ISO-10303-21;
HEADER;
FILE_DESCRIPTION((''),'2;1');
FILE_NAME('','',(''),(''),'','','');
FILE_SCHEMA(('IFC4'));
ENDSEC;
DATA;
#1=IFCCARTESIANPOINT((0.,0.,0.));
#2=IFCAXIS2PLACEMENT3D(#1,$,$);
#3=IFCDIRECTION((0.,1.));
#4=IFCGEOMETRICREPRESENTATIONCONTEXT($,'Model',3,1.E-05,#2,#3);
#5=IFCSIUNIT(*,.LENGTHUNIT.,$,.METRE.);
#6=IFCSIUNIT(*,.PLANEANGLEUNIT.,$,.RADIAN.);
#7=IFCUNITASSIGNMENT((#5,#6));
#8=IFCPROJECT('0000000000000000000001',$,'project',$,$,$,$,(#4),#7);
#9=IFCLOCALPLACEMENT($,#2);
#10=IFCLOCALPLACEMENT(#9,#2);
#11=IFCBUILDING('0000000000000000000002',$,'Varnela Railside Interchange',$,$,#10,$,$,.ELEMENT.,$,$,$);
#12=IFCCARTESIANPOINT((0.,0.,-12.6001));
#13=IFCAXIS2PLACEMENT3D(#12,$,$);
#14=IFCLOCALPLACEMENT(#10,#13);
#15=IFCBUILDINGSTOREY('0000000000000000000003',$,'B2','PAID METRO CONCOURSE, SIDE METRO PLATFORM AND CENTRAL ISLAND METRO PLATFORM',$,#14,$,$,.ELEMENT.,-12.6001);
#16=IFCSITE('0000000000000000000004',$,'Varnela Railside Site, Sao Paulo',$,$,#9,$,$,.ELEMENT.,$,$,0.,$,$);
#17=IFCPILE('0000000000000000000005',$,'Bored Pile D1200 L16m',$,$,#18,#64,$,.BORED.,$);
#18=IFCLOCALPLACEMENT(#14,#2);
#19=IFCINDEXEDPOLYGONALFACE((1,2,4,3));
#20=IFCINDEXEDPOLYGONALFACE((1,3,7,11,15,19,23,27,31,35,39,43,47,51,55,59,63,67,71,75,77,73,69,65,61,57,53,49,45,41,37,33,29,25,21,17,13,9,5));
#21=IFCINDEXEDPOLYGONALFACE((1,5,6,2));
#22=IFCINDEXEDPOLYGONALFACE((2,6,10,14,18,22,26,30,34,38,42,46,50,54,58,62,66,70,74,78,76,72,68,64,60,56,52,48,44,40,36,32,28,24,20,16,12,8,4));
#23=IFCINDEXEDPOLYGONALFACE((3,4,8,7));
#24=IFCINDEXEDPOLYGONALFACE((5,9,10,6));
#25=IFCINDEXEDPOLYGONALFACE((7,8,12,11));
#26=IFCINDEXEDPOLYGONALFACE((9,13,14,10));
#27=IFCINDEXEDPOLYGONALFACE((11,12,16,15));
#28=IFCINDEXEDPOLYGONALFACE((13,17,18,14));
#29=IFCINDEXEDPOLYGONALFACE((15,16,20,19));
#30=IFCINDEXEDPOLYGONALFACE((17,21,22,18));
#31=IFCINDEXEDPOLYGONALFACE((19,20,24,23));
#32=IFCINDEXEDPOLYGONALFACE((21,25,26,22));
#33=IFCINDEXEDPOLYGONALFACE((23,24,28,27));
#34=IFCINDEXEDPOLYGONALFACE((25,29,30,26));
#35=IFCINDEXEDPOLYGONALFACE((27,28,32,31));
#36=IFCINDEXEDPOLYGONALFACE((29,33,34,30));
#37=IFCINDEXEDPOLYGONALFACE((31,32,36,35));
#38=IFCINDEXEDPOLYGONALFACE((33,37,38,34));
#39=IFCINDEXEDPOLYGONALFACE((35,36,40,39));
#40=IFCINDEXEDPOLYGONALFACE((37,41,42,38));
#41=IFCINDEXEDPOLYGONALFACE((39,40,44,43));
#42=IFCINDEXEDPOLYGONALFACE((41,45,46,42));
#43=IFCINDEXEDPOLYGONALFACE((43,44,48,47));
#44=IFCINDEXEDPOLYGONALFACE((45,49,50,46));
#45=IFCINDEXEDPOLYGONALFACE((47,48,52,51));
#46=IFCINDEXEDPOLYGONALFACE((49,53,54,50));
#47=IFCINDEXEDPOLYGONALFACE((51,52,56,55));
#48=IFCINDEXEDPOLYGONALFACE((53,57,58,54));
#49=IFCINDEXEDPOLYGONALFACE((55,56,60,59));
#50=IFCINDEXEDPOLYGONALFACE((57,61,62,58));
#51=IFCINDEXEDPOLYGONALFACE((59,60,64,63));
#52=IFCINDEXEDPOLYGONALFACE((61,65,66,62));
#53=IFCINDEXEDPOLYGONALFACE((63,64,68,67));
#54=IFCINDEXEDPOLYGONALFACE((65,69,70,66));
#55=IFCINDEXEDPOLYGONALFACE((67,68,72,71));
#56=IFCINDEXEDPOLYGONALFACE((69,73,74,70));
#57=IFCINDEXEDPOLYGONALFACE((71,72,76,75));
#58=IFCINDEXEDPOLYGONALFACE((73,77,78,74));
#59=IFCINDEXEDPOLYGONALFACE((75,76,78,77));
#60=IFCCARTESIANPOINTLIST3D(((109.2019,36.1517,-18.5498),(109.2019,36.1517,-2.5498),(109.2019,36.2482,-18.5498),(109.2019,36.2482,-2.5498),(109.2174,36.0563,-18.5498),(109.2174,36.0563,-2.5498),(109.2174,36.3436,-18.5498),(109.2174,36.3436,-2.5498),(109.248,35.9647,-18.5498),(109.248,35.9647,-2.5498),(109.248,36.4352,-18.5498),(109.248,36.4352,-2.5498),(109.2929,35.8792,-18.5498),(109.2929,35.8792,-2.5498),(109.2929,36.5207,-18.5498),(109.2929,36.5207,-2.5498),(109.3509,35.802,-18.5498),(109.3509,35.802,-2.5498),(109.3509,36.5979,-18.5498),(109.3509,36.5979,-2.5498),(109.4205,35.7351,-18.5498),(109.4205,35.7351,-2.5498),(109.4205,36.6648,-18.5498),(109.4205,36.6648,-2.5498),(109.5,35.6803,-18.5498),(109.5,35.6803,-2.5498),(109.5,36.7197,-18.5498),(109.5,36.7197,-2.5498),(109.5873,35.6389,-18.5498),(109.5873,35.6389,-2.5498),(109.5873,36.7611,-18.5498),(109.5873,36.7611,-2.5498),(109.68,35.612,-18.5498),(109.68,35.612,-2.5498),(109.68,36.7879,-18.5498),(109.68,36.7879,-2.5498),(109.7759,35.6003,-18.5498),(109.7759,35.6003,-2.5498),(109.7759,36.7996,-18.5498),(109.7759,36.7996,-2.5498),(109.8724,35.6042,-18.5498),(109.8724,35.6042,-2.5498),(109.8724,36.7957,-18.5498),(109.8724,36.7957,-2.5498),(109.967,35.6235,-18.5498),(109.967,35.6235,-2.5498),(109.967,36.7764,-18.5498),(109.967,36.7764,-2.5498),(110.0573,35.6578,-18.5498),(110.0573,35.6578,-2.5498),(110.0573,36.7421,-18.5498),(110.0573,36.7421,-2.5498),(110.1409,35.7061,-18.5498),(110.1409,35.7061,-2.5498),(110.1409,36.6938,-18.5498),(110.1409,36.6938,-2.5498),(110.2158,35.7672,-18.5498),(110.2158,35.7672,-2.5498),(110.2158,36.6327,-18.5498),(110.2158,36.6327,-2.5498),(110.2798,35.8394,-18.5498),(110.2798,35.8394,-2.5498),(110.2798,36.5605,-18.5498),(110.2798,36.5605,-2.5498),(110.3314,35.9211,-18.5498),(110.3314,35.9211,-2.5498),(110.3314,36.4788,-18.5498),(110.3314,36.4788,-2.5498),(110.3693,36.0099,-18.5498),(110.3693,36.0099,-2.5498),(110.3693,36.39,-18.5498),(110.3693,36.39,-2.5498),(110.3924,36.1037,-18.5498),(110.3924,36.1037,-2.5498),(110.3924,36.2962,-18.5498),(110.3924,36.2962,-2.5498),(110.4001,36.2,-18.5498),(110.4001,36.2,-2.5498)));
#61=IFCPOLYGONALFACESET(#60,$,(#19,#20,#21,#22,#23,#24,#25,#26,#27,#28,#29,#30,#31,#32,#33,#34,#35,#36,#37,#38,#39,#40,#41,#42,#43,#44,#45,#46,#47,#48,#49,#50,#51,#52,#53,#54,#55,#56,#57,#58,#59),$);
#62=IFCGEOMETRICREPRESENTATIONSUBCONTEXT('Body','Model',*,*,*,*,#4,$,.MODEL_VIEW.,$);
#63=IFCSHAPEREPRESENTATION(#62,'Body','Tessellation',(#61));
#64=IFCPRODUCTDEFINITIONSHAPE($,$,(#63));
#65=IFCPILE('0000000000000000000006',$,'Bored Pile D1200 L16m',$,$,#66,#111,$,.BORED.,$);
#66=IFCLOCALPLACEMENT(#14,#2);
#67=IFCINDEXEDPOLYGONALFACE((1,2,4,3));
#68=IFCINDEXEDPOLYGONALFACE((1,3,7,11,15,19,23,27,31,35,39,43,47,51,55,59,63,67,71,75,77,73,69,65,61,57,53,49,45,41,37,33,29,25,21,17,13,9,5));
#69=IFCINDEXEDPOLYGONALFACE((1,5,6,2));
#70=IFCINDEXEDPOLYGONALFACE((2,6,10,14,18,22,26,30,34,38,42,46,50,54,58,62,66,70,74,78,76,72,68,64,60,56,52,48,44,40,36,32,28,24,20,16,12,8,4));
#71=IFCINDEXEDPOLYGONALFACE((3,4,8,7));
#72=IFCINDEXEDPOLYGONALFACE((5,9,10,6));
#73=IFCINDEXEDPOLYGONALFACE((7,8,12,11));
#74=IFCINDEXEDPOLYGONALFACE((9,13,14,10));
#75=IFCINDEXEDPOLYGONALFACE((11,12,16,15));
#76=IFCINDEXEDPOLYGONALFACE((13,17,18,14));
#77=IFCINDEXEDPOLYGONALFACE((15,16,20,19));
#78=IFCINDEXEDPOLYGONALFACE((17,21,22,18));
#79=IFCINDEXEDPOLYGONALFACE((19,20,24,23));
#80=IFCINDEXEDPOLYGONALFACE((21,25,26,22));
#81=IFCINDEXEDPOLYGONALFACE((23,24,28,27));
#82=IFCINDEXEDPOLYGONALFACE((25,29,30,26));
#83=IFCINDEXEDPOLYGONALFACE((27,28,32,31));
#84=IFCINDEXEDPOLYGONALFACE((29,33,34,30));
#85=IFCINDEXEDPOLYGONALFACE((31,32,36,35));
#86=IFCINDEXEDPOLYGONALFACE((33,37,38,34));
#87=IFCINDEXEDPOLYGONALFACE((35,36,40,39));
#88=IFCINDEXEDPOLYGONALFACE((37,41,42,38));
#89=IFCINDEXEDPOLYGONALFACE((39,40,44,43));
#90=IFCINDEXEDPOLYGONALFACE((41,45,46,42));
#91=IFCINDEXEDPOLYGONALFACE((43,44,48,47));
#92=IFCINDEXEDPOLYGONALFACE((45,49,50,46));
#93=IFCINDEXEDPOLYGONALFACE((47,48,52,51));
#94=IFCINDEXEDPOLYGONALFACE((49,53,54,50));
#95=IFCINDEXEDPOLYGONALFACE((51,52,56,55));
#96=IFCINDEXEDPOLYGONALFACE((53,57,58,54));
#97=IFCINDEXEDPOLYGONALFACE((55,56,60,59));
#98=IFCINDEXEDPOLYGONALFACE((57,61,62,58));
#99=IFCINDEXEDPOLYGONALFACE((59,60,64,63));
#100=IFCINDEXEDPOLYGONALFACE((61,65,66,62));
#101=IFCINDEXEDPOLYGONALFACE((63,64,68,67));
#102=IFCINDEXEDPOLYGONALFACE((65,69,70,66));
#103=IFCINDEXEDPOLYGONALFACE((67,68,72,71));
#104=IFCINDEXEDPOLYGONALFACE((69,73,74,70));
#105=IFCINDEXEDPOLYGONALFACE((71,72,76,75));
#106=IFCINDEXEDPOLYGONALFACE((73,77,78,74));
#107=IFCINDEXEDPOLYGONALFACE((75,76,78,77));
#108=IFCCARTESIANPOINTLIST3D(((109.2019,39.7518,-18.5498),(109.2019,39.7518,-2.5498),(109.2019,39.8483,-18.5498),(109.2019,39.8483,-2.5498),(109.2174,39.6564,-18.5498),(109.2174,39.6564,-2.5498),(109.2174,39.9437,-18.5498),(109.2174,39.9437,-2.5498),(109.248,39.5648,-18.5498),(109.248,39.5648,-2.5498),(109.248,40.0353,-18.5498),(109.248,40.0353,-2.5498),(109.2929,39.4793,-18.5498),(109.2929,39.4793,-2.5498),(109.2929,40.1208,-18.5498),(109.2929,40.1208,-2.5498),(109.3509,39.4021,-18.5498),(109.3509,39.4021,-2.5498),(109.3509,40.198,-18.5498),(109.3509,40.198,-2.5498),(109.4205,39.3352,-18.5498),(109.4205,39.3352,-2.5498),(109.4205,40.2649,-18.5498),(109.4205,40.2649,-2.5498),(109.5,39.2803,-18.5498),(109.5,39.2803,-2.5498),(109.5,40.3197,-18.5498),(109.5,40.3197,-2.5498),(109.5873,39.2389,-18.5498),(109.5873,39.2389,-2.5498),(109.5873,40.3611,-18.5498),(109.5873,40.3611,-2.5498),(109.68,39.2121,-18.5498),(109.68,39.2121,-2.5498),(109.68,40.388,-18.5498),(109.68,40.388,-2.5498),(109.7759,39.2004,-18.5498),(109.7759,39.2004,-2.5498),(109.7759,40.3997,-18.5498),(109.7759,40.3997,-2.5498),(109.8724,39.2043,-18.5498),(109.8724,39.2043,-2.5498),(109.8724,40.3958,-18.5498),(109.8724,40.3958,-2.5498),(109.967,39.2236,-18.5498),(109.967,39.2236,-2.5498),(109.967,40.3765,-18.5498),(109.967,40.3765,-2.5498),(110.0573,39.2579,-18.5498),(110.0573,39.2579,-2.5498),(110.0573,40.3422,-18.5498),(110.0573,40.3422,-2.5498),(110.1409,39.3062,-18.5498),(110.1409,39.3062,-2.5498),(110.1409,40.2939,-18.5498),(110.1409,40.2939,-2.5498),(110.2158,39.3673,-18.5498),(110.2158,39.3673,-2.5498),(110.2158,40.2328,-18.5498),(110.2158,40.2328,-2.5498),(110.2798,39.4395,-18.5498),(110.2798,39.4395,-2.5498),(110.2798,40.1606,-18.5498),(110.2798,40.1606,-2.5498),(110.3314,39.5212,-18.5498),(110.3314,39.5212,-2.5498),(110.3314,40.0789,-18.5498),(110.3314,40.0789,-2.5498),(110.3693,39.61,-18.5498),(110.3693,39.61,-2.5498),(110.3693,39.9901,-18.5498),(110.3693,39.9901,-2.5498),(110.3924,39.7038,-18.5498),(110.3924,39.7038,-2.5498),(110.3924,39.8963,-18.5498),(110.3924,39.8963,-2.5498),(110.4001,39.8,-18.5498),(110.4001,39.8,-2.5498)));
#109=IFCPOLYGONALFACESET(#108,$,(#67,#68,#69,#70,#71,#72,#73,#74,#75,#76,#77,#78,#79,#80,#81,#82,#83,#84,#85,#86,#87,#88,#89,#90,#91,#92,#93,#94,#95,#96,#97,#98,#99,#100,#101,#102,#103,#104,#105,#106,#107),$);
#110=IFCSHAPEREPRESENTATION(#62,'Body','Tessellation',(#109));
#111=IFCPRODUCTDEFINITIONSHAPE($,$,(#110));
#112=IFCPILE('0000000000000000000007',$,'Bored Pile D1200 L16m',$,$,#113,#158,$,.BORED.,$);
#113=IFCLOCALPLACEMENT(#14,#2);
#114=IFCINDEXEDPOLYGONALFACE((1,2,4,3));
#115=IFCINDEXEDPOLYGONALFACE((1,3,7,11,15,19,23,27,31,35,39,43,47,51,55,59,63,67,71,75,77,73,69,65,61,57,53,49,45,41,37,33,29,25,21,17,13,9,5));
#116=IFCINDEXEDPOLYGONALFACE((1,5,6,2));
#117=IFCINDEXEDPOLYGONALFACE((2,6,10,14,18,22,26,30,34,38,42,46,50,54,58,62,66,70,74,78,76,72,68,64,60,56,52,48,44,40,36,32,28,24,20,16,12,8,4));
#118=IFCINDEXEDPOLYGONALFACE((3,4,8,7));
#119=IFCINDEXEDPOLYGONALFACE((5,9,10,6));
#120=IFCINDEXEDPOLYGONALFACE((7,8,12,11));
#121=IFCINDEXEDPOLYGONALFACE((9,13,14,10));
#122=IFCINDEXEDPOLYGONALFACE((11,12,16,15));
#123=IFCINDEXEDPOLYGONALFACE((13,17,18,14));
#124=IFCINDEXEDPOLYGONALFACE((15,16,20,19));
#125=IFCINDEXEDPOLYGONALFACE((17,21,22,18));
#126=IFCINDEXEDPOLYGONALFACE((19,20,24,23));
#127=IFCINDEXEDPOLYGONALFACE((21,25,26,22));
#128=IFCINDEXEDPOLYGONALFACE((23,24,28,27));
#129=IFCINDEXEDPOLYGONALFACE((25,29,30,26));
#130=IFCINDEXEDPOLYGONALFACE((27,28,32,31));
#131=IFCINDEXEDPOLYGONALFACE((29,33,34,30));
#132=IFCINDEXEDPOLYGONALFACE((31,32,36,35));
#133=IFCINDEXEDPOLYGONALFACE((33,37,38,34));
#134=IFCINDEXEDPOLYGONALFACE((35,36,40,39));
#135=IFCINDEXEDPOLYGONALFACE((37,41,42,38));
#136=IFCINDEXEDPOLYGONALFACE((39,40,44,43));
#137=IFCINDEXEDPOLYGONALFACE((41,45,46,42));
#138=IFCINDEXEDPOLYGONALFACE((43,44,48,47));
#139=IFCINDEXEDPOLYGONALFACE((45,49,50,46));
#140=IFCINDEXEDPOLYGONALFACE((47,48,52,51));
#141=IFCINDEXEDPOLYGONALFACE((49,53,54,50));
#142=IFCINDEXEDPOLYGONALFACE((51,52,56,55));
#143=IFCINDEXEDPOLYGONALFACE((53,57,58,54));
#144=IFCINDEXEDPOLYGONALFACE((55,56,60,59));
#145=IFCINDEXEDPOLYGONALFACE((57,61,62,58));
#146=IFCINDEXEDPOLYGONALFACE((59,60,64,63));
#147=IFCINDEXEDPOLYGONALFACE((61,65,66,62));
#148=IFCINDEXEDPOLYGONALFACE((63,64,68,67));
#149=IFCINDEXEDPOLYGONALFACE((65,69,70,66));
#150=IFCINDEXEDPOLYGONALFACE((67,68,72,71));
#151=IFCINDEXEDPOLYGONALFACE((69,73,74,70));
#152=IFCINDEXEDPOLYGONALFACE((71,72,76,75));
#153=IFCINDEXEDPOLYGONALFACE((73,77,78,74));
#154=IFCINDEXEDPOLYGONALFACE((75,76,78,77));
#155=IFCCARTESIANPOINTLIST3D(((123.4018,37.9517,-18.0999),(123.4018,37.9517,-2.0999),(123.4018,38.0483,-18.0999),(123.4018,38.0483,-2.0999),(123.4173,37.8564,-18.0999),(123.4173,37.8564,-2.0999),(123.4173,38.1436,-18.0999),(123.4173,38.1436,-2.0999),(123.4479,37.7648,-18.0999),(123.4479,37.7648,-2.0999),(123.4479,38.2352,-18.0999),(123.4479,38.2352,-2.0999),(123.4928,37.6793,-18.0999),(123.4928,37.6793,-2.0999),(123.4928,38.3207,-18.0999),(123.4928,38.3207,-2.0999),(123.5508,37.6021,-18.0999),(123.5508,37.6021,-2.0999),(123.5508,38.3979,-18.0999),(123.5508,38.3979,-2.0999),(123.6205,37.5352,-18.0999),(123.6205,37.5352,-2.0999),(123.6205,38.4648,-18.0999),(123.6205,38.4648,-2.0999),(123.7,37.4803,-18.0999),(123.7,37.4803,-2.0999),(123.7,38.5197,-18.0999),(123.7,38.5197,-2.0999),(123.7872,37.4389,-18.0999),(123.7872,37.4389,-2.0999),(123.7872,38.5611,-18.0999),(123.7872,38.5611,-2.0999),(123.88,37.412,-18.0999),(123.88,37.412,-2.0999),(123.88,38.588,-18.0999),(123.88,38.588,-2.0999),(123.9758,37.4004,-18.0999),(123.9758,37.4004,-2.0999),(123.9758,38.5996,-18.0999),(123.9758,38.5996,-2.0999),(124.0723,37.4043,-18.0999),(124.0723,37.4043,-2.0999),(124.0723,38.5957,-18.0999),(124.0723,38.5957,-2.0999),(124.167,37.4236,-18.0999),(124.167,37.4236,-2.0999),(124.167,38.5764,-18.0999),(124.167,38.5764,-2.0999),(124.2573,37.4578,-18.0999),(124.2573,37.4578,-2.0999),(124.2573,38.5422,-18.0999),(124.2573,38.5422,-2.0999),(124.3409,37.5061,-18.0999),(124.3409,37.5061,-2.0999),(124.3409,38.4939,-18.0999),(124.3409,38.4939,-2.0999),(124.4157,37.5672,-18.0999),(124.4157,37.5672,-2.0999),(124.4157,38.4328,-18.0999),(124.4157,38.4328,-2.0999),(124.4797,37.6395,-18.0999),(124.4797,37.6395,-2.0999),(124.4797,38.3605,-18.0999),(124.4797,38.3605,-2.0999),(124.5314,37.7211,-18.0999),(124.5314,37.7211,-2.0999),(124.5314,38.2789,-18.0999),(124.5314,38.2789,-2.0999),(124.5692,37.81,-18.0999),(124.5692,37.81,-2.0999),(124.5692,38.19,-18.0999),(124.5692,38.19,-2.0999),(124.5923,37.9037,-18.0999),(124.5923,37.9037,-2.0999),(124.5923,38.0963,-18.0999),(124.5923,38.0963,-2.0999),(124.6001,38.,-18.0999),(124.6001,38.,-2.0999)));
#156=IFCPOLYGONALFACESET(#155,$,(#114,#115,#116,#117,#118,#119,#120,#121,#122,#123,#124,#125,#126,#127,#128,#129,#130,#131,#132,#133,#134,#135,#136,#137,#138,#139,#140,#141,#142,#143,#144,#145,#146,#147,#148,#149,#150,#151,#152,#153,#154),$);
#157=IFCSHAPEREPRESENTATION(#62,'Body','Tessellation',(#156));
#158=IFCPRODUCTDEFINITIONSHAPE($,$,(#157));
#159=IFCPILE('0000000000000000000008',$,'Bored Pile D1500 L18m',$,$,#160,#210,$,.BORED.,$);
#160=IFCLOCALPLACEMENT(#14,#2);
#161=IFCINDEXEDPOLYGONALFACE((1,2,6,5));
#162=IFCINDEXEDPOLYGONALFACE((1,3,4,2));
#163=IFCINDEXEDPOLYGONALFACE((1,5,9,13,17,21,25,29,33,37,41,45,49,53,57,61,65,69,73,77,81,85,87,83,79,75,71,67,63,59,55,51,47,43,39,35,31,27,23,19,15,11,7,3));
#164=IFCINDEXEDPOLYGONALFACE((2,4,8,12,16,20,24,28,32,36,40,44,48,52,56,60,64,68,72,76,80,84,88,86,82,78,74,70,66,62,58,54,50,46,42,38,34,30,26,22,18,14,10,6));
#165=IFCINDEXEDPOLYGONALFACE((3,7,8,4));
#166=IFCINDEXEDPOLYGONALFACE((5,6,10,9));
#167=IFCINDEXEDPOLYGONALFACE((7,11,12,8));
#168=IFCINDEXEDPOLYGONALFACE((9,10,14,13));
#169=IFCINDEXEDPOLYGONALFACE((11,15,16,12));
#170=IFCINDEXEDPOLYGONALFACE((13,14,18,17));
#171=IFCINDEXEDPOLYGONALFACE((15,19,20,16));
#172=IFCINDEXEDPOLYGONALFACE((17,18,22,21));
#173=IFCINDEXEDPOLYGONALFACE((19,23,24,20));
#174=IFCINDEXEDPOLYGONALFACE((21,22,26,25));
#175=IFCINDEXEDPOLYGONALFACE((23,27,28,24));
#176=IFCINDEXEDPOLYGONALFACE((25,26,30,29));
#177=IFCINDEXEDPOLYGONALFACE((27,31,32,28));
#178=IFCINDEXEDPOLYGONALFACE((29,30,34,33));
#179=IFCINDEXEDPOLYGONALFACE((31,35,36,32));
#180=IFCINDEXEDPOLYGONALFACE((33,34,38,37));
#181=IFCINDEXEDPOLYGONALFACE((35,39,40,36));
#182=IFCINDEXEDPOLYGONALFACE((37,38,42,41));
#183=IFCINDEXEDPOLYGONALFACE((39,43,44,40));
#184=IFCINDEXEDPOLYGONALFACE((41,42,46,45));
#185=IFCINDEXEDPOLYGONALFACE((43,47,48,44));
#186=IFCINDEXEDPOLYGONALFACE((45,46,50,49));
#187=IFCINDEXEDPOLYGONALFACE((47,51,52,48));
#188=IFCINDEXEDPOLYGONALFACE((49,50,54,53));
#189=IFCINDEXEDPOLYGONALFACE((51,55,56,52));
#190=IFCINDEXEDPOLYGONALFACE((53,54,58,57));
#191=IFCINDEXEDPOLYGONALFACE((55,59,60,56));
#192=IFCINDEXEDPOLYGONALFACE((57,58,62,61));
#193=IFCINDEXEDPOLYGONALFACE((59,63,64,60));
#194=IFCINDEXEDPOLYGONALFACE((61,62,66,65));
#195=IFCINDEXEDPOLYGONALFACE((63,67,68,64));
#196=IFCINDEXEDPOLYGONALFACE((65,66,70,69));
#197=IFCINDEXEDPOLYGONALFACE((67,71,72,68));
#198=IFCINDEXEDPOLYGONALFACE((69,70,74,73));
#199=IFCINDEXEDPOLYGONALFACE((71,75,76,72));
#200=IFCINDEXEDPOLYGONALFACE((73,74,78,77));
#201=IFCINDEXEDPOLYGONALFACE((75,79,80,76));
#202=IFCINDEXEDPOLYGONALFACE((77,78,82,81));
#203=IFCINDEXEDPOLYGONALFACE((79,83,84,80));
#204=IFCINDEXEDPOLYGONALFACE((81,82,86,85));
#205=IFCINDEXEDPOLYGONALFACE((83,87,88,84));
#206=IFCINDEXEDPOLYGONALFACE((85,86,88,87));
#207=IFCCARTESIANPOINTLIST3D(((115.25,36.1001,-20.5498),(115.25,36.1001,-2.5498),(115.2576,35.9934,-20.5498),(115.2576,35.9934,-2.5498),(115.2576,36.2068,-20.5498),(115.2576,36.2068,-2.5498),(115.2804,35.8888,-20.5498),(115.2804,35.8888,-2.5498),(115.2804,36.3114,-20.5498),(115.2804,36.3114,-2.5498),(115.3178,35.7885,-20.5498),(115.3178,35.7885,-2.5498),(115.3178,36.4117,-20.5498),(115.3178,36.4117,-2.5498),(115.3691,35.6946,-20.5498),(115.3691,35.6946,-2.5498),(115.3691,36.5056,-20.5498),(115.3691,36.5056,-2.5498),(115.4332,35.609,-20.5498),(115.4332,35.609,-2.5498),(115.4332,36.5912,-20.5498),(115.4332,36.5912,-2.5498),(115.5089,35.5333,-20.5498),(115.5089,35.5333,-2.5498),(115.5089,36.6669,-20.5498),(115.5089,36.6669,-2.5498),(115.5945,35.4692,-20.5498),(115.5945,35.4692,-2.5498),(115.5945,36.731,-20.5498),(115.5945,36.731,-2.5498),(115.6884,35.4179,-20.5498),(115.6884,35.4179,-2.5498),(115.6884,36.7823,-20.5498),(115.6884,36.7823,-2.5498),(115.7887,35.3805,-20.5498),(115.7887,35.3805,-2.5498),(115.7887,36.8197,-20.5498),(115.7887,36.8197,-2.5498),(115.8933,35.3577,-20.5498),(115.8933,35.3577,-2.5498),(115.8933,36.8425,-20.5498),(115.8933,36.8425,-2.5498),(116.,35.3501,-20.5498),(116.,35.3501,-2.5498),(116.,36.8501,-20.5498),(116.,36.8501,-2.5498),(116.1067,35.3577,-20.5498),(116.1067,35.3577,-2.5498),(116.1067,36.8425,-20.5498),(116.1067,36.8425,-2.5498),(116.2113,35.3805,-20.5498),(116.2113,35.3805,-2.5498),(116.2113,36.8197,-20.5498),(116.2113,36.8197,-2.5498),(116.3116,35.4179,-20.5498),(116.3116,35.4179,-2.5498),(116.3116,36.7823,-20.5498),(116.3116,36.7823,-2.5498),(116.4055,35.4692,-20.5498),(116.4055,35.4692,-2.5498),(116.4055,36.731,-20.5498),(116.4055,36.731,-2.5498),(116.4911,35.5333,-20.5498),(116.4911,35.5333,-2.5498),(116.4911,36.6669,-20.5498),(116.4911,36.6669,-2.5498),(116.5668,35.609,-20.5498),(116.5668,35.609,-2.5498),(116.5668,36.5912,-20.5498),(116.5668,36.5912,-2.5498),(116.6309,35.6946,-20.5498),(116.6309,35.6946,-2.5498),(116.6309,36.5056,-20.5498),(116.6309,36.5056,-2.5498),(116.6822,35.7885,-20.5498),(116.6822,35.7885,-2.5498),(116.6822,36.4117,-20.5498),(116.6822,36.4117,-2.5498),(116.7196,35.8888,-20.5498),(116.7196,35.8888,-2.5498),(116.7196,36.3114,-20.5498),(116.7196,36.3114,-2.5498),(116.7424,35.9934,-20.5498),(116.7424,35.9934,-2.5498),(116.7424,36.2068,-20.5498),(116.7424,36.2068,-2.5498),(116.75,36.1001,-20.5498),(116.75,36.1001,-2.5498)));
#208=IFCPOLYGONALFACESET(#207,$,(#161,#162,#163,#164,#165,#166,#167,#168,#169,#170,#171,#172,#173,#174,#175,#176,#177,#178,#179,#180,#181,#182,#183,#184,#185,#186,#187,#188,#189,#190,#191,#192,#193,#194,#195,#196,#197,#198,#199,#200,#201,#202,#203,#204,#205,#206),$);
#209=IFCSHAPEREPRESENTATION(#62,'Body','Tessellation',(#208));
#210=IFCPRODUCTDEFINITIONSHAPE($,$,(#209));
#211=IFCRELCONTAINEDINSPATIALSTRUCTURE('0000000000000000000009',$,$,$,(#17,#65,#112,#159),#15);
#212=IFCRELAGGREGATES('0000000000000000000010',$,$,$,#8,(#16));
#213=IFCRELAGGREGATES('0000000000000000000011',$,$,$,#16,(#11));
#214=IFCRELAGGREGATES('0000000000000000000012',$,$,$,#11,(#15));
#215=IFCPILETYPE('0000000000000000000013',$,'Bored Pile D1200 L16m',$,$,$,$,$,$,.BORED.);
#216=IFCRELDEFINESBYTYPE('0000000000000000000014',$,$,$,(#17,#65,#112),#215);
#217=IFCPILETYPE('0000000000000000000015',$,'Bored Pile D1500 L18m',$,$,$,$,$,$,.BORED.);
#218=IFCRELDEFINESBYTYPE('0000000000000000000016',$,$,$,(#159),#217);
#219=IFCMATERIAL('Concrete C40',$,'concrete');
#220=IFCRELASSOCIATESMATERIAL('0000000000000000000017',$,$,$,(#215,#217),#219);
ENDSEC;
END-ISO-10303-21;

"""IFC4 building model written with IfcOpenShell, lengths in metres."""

from ifc_helpers import new_model, si_unit, direction, frame, origin, origin_2d, place, context, subcontext, project, spatial, circle, extrude, material, material_profile, profile_set, type_object, element, save


model = new_model("IFC4")

# Units and contexts
model_context = context("Model", 3, precision=1e-05, world=origin(), true_north=direction((0.0, 1.0)))
body_context = subcontext(model_context, "Body", "Model", "MODEL_VIEW")
ifc_project = project(units=[si_unit("LENGTHUNIT", "METRE"), si_unit("PLANEANGLEUNIT", "RADIAN")], contexts=[model_context])

# Site, building, storey
site_placement = place(None, origin())
site = spatial("IfcSite", under=ifc_project, at=site_placement, Name="Varnela Railside Site, Sao Paulo", CompositionType="ELEMENT", RefElevation=0.0)
building_placement = place(site_placement, origin())
building = spatial("IfcBuilding", under=site, at=building_placement, Name="Varnela Railside Interchange", CompositionType="ELEMENT")
storey_placement = place(building_placement, frame((0.0, 0.0, -12.6001)))
storey = spatial("IfcBuildingStorey", under=building, at=storey_placement, Name="B2", Description="PAID METRO CONCOURSE, SIDE METRO PLATFORM AND CENTRAL ISLAND METRO PLATFORM", CompositionType="ELEMENT", Elevation=-12.6001)

# Piles
ifc_material_1 = material(Name="Concrete C40", Category="concrete")
ifc_material_profile_1 = material_profile(ifc_material_1, circle(Radius=0.6001, at=origin_2d()), Name="BORED PILE D1200")
ifc_profile_set_1 = profile_set([ifc_material_profile_1], Name="Concrete C40")
pile_type_1 = type_object("IfcPileType", Name="Bored Pile D1200 L16m", PredefinedType="BORED", material=ifc_profile_set_1)
for number, where, z_axis, x_axis, name in (
    (1, (109.8, 36.2, -2.5498), (0.0, 0.0, -1.0), (1.0, 0.0, 0.0), "Bored Pile D1200 L16m"),
    (2, (109.8, 39.8, -2.5498), (0.0, 0.0, -1.0), (1.0, 0.0, 0.0), "Bored Pile D1200 L16m"),
    (3, (124.0, 38.0, -2.0999), (0.0, 0.0, -1.0), (1.0, 0.0, 0.0), "Bored Pile D1200 L16m"),
):
    element("IfcPile", number, at=place(storey_placement, frame(where, z_axis=z_axis, x_axis=x_axis)), inside=storey, type_object=pile_type_1, Name=name, PredefinedType="BORED", context=body_context, shape_type="SweptSolid", body=[
        extrude(circle(Radius=0.6001, at=origin_2d()), origin(), (0.0, 0.0, 1.0), 16.0),
    ])
ifc_material_profile_2 = material_profile(ifc_material_1, circle(Radius=0.75, at=origin_2d()), Name="BORED PILE D1500")
ifc_profile_set_2 = profile_set([ifc_material_profile_2], Name="Concrete C40")
pile_type_2 = type_object("IfcPileType", Name="Bored Pile D1500 L18m", PredefinedType="BORED", material=ifc_profile_set_2)
for number, where, z_axis, x_axis, name in (
    (4, (116.0, 36.1001, -2.5498), (0.0, 0.0, -1.0), (1.0, 0.0, 0.0), "Bored Pile D1500 L18m"),
):
    element("IfcPile", number, at=place(storey_placement, frame(where, z_axis=z_axis, x_axis=x_axis)), inside=storey, type_object=pile_type_2, Name=name, PredefinedType="BORED", context=body_context, shape_type="SweptSolid", body=[
        extrude(circle(Radius=0.75, at=origin_2d()), origin(), (0.0, 0.0, 1.0), 18.0),
    ])

save(model, "model.ifc")
